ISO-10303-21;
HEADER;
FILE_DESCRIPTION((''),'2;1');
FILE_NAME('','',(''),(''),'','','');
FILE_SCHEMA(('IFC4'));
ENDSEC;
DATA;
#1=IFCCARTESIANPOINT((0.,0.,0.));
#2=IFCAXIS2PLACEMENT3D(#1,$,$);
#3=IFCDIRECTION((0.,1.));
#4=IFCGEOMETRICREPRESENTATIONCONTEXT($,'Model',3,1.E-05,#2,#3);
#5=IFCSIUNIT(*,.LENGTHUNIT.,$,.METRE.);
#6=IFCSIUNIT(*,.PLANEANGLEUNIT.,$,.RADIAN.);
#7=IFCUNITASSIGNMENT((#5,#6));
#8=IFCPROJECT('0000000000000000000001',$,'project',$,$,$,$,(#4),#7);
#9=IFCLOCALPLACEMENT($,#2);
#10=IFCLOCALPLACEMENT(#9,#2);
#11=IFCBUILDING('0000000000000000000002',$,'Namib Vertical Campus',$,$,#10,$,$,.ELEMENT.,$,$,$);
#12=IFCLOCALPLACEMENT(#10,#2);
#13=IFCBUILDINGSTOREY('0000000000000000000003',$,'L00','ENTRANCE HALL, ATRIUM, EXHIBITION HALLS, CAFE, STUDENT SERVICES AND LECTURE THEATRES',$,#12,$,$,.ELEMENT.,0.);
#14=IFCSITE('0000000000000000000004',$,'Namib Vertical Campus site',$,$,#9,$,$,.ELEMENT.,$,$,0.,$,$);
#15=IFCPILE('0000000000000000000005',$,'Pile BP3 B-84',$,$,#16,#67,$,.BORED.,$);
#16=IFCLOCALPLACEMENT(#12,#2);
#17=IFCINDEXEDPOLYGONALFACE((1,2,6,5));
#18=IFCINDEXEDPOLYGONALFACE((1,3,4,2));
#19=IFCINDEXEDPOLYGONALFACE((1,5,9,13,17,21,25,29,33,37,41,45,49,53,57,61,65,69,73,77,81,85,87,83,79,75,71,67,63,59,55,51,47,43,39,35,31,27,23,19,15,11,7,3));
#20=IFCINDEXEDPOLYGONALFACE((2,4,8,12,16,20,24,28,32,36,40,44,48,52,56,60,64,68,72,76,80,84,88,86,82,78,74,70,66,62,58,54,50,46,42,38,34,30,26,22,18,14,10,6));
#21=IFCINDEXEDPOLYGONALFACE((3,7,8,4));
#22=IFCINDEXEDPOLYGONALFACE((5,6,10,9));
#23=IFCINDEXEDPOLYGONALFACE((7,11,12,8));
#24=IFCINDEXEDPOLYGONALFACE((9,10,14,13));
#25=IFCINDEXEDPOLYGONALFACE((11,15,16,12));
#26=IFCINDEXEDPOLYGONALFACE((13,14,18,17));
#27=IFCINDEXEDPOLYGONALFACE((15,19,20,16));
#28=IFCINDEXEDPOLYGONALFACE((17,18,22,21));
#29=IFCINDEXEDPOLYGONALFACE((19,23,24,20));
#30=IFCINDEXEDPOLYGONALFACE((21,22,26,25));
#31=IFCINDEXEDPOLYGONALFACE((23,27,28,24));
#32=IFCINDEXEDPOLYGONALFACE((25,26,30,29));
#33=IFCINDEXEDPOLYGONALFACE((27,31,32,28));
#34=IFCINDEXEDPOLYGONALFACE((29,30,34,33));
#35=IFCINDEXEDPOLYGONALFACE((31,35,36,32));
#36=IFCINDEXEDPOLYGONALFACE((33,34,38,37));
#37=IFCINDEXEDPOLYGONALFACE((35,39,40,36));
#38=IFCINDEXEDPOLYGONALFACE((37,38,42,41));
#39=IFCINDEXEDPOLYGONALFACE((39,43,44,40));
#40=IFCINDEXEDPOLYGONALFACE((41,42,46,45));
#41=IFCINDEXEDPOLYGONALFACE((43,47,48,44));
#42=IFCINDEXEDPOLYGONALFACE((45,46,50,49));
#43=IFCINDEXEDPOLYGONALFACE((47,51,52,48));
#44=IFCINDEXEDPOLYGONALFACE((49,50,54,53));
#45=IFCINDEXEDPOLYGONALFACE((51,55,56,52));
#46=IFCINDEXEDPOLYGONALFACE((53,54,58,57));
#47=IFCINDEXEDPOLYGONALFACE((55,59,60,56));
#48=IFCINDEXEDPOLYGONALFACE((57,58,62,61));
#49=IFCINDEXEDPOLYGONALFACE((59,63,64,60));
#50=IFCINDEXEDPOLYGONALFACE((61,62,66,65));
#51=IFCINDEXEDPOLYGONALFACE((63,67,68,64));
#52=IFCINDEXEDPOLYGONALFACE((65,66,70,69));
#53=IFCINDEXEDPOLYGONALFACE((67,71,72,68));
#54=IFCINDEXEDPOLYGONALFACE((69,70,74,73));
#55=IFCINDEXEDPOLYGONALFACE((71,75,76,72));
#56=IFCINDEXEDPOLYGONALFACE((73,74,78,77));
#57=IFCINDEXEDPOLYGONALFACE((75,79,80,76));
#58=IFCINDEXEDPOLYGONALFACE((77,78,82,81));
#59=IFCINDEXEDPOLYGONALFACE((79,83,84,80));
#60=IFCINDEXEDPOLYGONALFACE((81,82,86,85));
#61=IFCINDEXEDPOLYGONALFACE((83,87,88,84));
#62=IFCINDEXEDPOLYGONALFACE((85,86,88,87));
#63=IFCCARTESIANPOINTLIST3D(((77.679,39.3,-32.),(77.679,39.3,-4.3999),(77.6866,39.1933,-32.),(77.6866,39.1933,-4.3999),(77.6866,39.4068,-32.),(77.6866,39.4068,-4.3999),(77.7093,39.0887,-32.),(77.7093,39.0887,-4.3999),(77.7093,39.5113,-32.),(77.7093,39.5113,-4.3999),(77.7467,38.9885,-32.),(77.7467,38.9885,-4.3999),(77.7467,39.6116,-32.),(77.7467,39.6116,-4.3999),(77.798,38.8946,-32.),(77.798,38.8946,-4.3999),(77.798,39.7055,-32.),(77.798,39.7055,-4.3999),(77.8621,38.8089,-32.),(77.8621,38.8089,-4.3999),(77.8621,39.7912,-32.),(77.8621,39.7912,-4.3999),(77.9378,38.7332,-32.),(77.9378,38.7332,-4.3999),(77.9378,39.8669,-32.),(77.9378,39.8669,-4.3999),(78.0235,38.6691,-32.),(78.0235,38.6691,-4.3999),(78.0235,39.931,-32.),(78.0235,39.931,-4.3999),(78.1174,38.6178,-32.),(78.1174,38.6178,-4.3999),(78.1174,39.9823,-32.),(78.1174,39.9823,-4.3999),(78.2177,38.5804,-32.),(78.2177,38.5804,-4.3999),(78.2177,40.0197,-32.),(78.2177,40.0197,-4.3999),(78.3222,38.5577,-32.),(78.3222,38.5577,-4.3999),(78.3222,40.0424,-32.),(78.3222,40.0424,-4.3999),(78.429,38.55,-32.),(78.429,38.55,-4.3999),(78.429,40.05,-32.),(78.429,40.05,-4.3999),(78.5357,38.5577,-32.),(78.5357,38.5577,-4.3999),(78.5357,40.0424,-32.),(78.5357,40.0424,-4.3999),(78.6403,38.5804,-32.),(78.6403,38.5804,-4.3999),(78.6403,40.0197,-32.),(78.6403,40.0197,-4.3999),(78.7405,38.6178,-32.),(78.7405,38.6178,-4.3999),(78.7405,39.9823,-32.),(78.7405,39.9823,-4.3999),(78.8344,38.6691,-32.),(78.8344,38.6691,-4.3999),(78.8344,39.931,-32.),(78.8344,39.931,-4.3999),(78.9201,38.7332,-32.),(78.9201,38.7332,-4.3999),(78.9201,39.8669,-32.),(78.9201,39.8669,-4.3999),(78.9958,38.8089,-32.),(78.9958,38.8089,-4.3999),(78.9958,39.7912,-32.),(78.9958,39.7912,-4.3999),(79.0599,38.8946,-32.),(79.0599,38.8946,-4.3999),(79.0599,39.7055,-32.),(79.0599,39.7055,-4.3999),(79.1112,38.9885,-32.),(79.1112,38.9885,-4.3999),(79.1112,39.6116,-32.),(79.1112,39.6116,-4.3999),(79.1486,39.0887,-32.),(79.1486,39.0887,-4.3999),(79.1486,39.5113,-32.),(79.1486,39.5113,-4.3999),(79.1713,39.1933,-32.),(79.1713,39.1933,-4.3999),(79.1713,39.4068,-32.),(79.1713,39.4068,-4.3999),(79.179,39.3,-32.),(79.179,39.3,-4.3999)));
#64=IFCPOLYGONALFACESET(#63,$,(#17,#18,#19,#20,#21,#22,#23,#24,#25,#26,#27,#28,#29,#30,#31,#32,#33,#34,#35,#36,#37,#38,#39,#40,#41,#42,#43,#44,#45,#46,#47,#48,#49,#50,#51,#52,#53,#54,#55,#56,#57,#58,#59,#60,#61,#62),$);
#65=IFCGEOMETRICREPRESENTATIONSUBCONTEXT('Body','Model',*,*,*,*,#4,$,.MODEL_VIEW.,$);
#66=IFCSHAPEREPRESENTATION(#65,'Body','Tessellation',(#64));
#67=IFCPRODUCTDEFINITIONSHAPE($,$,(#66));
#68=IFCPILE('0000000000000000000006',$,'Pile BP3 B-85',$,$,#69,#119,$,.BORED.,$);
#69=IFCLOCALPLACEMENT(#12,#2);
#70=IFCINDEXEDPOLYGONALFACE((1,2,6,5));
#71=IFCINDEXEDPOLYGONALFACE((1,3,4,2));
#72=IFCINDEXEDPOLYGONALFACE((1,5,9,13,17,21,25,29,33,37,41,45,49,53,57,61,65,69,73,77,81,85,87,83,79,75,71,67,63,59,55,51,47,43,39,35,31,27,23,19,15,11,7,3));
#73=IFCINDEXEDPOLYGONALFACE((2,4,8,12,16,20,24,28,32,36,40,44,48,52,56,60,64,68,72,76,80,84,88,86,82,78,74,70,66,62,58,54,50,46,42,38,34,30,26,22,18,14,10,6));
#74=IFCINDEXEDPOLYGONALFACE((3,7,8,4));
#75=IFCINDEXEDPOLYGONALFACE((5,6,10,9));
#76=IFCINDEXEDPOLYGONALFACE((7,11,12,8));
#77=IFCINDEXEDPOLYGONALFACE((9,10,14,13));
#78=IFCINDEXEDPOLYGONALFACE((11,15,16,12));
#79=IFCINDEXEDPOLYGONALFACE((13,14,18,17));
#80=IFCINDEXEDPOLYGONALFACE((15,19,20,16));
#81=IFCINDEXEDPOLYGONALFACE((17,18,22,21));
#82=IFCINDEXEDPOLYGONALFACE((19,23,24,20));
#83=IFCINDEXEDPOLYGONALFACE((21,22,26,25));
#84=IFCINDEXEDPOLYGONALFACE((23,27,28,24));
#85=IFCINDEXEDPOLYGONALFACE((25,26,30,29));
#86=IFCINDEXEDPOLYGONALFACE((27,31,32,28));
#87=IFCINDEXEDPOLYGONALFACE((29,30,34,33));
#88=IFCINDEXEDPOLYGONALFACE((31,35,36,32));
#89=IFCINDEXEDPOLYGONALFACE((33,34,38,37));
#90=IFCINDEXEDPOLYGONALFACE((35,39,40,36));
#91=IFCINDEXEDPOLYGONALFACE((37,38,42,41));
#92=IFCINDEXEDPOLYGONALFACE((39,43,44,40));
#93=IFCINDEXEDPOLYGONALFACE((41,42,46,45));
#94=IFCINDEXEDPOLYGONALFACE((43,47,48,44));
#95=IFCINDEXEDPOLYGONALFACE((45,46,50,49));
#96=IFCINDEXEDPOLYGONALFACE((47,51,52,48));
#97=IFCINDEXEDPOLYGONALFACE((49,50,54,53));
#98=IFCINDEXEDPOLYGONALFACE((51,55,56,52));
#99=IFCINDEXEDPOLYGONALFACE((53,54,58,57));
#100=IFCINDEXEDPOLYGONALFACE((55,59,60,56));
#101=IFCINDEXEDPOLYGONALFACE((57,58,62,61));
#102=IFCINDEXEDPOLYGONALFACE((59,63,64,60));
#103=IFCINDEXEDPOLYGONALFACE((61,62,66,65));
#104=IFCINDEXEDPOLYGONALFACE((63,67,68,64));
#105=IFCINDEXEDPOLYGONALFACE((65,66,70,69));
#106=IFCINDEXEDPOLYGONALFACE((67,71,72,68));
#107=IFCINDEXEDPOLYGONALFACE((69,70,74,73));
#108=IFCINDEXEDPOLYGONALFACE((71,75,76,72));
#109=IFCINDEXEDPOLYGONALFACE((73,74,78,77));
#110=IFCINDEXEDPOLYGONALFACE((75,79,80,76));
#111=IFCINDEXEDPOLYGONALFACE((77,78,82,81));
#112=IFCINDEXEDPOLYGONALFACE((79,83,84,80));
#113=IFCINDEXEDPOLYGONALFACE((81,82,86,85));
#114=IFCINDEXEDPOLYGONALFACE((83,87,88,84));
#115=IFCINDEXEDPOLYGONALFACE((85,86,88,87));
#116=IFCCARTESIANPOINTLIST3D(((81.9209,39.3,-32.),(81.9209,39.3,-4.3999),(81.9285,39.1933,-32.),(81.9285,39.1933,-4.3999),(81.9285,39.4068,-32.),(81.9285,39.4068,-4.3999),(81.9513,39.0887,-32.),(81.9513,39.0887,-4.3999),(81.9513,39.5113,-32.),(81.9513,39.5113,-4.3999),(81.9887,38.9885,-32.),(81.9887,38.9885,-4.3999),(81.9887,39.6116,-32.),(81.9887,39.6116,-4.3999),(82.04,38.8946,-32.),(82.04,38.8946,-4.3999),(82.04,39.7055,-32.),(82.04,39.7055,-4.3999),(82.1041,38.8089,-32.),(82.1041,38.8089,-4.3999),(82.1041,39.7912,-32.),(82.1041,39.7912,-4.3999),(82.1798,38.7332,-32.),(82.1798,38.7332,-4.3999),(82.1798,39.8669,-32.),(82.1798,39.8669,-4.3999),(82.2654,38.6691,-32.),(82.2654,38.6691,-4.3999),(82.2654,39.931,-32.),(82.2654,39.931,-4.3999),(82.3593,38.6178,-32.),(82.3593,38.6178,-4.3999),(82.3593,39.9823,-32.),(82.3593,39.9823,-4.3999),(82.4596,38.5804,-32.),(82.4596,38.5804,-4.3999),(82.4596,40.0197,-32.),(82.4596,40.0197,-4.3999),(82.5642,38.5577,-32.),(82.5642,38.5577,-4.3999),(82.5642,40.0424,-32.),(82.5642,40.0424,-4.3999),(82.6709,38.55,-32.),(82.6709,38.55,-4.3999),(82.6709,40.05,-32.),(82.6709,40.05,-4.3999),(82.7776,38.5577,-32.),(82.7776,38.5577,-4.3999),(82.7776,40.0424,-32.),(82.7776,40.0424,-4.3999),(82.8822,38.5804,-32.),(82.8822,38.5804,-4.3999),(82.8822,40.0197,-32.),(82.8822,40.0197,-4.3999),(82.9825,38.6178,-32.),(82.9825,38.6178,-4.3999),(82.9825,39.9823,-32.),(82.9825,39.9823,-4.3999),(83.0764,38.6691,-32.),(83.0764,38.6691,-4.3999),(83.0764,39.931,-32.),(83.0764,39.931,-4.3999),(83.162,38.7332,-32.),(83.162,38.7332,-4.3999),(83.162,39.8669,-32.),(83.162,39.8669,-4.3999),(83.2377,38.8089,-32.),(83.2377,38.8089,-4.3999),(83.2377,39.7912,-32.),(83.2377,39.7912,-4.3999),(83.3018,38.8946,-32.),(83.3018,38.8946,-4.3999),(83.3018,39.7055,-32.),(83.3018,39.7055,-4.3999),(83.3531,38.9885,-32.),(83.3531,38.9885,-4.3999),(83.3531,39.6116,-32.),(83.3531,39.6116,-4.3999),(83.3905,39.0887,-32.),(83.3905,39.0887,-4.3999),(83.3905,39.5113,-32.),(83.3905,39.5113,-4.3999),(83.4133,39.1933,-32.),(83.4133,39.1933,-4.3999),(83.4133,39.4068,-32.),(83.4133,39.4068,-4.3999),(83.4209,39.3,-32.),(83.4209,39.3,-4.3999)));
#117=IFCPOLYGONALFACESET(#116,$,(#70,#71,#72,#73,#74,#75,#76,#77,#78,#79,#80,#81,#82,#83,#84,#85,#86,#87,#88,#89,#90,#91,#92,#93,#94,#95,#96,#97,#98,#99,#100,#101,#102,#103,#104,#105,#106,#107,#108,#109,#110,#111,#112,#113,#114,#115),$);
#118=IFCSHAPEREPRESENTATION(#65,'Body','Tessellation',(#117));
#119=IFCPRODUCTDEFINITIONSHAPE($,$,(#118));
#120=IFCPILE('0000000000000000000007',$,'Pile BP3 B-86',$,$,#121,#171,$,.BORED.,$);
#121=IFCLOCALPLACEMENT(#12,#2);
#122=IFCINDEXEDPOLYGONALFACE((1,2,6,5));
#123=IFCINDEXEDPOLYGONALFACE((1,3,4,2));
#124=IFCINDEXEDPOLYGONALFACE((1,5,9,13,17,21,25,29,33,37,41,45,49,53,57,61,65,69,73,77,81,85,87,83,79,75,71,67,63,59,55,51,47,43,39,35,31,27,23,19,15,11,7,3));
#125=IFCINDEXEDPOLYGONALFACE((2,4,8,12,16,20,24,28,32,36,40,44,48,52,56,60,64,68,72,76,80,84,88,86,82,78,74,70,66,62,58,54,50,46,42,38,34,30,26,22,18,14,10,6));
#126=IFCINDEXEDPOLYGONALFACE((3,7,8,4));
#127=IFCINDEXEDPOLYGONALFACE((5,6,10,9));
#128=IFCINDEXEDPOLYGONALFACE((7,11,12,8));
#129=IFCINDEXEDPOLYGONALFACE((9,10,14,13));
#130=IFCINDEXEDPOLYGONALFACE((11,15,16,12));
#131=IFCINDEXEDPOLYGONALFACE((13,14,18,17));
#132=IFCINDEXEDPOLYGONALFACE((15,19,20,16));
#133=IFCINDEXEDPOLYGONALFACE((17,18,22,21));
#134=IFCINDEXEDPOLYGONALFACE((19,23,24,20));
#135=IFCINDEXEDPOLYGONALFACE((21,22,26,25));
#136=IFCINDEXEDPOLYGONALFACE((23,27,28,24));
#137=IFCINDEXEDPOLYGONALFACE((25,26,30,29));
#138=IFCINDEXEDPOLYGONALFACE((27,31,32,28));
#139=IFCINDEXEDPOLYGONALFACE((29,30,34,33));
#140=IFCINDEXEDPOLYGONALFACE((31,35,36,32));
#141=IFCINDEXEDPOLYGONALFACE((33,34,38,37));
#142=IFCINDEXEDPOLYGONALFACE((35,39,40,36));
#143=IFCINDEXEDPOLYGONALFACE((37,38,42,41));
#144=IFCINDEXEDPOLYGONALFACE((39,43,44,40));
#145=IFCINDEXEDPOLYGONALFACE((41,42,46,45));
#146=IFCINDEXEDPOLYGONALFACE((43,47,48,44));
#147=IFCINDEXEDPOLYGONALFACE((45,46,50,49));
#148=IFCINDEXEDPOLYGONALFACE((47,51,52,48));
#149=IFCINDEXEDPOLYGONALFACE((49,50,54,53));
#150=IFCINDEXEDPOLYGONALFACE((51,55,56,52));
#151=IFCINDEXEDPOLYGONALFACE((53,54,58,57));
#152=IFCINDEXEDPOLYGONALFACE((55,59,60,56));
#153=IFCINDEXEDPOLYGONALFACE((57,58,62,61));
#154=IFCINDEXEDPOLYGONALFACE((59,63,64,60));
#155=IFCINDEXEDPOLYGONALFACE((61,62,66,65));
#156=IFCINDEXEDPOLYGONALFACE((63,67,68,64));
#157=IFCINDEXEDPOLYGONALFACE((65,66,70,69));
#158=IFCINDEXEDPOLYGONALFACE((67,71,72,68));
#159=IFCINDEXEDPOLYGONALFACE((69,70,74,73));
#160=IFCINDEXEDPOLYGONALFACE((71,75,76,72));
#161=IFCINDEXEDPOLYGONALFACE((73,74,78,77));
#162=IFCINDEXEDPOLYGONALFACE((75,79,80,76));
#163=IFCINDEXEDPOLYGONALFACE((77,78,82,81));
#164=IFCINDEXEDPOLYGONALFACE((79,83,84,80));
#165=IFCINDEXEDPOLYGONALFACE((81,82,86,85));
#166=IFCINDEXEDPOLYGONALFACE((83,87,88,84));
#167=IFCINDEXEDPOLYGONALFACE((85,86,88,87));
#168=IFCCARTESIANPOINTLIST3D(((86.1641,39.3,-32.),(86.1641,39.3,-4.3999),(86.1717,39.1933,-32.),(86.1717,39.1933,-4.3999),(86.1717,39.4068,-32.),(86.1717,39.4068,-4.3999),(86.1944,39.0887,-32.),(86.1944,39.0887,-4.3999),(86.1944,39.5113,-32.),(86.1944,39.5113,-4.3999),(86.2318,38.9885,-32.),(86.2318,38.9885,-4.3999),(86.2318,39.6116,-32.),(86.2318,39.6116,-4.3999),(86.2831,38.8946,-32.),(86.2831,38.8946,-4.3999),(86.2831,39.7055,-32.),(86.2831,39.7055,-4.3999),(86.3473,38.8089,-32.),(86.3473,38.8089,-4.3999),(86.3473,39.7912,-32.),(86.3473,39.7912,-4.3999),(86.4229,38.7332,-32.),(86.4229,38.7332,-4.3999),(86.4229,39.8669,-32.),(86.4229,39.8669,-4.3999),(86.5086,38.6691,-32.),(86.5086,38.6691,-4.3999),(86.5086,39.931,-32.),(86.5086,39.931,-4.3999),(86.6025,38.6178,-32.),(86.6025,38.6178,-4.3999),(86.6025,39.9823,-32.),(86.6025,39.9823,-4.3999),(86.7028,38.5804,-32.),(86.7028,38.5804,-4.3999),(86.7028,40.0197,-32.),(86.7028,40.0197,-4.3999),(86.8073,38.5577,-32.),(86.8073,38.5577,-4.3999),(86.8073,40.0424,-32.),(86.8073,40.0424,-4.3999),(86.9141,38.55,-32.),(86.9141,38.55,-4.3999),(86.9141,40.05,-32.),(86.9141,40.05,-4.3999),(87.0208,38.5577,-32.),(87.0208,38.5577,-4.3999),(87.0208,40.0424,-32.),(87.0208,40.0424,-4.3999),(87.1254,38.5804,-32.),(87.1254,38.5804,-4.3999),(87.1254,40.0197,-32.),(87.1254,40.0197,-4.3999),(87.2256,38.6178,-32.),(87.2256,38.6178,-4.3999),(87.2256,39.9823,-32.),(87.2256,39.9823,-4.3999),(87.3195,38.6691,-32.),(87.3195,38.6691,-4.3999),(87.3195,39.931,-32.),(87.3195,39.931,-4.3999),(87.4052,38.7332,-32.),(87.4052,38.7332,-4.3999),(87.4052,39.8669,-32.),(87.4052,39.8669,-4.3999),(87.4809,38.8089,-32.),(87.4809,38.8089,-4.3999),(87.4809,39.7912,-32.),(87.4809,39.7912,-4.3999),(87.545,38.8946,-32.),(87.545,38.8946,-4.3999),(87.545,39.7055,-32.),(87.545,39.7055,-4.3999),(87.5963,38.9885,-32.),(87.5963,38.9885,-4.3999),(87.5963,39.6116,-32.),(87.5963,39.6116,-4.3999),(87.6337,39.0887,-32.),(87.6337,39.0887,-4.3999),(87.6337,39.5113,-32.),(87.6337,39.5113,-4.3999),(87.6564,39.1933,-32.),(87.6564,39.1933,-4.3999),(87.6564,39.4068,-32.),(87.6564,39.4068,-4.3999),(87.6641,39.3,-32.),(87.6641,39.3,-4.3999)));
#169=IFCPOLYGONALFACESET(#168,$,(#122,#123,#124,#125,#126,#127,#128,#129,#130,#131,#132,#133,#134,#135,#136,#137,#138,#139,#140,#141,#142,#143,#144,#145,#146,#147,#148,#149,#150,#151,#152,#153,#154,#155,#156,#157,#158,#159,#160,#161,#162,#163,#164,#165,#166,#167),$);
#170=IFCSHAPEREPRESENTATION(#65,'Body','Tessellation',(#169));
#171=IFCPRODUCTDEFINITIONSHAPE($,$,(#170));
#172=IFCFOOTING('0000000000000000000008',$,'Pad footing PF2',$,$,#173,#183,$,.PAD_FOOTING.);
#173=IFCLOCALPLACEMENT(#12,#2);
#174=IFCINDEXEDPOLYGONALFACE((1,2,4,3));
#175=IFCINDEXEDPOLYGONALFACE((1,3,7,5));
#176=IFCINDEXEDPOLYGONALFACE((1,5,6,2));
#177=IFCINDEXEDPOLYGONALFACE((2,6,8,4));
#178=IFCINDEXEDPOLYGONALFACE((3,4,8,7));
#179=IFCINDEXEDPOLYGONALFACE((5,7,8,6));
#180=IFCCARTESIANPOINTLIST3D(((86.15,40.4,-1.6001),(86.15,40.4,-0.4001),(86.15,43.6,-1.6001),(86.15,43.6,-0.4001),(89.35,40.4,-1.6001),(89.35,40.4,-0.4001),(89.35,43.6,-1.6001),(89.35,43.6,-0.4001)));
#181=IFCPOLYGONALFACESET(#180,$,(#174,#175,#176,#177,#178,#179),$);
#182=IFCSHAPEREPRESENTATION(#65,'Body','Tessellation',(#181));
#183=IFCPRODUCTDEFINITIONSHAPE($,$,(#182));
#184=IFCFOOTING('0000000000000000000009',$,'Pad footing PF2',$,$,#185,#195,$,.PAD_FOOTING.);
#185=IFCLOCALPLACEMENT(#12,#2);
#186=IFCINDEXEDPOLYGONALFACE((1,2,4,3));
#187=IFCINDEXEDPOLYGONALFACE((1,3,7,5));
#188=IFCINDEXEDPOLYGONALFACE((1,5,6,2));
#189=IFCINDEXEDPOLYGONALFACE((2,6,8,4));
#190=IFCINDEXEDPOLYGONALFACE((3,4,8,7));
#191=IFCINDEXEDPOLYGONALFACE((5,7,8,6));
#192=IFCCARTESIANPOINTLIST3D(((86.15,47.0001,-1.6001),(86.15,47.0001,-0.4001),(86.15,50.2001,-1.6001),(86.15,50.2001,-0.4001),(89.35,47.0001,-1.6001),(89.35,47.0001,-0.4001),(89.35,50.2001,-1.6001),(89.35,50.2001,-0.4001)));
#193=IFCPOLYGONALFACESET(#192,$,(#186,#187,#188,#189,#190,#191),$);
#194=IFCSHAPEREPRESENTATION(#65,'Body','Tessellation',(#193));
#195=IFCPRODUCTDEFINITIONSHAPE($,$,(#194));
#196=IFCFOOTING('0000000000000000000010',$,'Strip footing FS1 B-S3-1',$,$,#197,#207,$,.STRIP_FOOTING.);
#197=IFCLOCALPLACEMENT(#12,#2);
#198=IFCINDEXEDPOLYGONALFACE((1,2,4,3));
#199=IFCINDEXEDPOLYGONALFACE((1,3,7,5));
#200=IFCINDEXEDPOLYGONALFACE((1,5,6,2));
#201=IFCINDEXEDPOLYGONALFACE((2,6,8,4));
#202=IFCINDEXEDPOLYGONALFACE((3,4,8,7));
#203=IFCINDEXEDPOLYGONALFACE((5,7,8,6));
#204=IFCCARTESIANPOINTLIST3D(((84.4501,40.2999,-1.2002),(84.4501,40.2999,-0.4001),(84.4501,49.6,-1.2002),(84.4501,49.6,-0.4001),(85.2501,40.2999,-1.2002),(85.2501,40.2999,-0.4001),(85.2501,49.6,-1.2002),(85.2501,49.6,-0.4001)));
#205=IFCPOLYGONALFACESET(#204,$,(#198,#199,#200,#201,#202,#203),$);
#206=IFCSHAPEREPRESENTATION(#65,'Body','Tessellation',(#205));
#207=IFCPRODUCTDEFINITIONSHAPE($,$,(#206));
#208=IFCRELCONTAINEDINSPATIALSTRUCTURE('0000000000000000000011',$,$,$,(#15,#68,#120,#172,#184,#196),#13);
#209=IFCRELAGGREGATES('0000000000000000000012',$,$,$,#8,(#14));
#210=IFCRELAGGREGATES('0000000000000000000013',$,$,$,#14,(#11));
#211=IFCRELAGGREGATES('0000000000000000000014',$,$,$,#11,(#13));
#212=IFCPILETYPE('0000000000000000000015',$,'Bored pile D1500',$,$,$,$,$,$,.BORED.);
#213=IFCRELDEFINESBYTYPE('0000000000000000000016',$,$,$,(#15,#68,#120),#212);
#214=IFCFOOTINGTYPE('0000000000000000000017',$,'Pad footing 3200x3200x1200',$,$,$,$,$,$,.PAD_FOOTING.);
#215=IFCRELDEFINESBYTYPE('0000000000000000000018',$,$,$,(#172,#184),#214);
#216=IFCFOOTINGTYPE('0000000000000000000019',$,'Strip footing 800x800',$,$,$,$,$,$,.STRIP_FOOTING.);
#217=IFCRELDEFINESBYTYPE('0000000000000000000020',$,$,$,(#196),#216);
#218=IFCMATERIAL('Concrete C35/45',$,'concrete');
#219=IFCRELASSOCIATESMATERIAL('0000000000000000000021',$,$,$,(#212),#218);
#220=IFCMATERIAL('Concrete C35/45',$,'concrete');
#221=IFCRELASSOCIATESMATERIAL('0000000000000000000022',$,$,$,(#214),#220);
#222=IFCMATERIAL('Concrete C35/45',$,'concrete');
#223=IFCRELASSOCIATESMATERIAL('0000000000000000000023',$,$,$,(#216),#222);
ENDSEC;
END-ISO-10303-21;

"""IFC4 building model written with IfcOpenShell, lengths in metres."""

from ifc_helpers import new_model, si_unit, direction, frame, origin, origin_2d, place, context, subcontext, project, spatial, rectangle, circle, extrude, material, material_profile, profile_set, type_object, element, save


model = new_model("IFC4")

# Units and contexts
model_context = context("Model", 3, precision=1e-05, world=origin(), true_north=direction((0.0, 1.0)))
body_context = subcontext(model_context, "Body", "Model", "MODEL_VIEW")
ifc_project = project(units=[si_unit("LENGTHUNIT", "METRE"), si_unit("PLANEANGLEUNIT", "RADIAN")], contexts=[model_context])

# Site, building, storey
site_placement = place(None, origin())
site = spatial("IfcSite", under=ifc_project, at=site_placement, Name="Namib Vertical Campus site", CompositionType="ELEMENT", RefElevation=0.0)
building_placement = place(site_placement, origin())
building = spatial("IfcBuilding", under=site, at=building_placement, Name="Namib Vertical Campus", CompositionType="ELEMENT")
storey_placement = place(building_placement, origin())
storey = spatial("IfcBuildingStorey", under=building, at=storey_placement, Name="L00", Description="ENTRANCE HALL, ATRIUM, EXHIBITION HALLS, CAFE, STUDENT SERVICES AND LECTURE THEATRES", CompositionType="ELEMENT", Elevation=0.0)

# Piles
ifc_material_1 = material(Name="Concrete C35/45", Category="concrete")
ifc_material_profile_1 = material_profile(ifc_material_1, circle(Radius=0.75, at=origin_2d()))
ifc_profile_set_1 = profile_set([ifc_material_profile_1], Name="Concrete C35/45")
pile_type = type_object("IfcPileType", Name="Bored pile D1500", PredefinedType="BORED", material=ifc_profile_set_1)
for number, where, z_axis, x_axis, name in (
    (1, (78.429, 39.3, -4.3999), (0.0, 0.0, -1.0), (1.0, 0.0, 0.0), "Pile BP3 B-84"),
    (2, (82.6709, 39.3, -4.3999), (0.0, 0.0, -1.0), (1.0, 0.0, 0.0), "Pile BP3 B-85"),
    (3, (86.9141, 39.3, -4.3999), (0.0, 0.0, -1.0), (1.0, 0.0, 0.0), "Pile BP3 B-86"),
):
    element("IfcPile", number, at=place(storey_placement, frame(where, z_axis=z_axis, x_axis=x_axis)), inside=storey, type_object=pile_type, Name=name, PredefinedType="BORED", context=body_context, shape_type="SweptSolid", body=[
        extrude(circle(Radius=0.75, at=origin_2d()), origin(), (0.0, 0.0, 1.0), 27.6001),
    ])

# Footings
ifc_material_2 = material(Name="Concrete C35/45", Category="concrete")
footing_type_1 = type_object("IfcFootingType", Name="Pad footing 3200x3200x1200", PredefinedType="PAD_FOOTING", material=ifc_material_2)
for number, where, z_axis, x_axis, name in (
    (4, (87.75, 42.0, -1.6001), (0.0, 0.0, 1.0), (1.0, 0.0, 0.0), "Pad footing PF2"),
    (5, (87.75, 48.6001, -1.6001), (0.0, 0.0, 1.0), (1.0, 0.0, 0.0), "Pad footing PF2"),
):
    element("IfcFooting", number, at=place(storey_placement, frame(where, z_axis=z_axis, x_axis=x_axis)), inside=storey, type_object=footing_type_1, Name=name, PredefinedType="PAD_FOOTING", context=body_context, shape_type="SweptSolid", body=[
        extrude(rectangle(XDim=3.2, YDim=3.2, at=origin_2d()), origin(), (0.0, 0.0, 1.0), 1.2),
    ])
ifc_material_3 = material(Name="Concrete C35/45", Category="concrete")
footing_type_2 = type_object("IfcFootingType", Name="Strip footing 800x800", PredefinedType="STRIP_FOOTING", material=ifc_material_3)
for number, where, z_axis, x_axis, name in (
    (6, (84.8501, 44.95, -1.2002), (0.0, 0.0, 1.0), (1.0, 0.0, 0.0), "Strip footing FS1 B-S3-1"),
):
    element("IfcFooting", number, at=place(storey_placement, frame(where, z_axis=z_axis, x_axis=x_axis)), inside=storey, type_object=footing_type_2, Name=name, PredefinedType="STRIP_FOOTING", context=body_context, shape_type="SweptSolid", body=[
        extrude(rectangle(XDim=0.8, YDim=9.3, at=origin_2d()), origin(), (0.0, 0.0, 1.0), 0.8),
    ])

save(model, "model.ifc")
